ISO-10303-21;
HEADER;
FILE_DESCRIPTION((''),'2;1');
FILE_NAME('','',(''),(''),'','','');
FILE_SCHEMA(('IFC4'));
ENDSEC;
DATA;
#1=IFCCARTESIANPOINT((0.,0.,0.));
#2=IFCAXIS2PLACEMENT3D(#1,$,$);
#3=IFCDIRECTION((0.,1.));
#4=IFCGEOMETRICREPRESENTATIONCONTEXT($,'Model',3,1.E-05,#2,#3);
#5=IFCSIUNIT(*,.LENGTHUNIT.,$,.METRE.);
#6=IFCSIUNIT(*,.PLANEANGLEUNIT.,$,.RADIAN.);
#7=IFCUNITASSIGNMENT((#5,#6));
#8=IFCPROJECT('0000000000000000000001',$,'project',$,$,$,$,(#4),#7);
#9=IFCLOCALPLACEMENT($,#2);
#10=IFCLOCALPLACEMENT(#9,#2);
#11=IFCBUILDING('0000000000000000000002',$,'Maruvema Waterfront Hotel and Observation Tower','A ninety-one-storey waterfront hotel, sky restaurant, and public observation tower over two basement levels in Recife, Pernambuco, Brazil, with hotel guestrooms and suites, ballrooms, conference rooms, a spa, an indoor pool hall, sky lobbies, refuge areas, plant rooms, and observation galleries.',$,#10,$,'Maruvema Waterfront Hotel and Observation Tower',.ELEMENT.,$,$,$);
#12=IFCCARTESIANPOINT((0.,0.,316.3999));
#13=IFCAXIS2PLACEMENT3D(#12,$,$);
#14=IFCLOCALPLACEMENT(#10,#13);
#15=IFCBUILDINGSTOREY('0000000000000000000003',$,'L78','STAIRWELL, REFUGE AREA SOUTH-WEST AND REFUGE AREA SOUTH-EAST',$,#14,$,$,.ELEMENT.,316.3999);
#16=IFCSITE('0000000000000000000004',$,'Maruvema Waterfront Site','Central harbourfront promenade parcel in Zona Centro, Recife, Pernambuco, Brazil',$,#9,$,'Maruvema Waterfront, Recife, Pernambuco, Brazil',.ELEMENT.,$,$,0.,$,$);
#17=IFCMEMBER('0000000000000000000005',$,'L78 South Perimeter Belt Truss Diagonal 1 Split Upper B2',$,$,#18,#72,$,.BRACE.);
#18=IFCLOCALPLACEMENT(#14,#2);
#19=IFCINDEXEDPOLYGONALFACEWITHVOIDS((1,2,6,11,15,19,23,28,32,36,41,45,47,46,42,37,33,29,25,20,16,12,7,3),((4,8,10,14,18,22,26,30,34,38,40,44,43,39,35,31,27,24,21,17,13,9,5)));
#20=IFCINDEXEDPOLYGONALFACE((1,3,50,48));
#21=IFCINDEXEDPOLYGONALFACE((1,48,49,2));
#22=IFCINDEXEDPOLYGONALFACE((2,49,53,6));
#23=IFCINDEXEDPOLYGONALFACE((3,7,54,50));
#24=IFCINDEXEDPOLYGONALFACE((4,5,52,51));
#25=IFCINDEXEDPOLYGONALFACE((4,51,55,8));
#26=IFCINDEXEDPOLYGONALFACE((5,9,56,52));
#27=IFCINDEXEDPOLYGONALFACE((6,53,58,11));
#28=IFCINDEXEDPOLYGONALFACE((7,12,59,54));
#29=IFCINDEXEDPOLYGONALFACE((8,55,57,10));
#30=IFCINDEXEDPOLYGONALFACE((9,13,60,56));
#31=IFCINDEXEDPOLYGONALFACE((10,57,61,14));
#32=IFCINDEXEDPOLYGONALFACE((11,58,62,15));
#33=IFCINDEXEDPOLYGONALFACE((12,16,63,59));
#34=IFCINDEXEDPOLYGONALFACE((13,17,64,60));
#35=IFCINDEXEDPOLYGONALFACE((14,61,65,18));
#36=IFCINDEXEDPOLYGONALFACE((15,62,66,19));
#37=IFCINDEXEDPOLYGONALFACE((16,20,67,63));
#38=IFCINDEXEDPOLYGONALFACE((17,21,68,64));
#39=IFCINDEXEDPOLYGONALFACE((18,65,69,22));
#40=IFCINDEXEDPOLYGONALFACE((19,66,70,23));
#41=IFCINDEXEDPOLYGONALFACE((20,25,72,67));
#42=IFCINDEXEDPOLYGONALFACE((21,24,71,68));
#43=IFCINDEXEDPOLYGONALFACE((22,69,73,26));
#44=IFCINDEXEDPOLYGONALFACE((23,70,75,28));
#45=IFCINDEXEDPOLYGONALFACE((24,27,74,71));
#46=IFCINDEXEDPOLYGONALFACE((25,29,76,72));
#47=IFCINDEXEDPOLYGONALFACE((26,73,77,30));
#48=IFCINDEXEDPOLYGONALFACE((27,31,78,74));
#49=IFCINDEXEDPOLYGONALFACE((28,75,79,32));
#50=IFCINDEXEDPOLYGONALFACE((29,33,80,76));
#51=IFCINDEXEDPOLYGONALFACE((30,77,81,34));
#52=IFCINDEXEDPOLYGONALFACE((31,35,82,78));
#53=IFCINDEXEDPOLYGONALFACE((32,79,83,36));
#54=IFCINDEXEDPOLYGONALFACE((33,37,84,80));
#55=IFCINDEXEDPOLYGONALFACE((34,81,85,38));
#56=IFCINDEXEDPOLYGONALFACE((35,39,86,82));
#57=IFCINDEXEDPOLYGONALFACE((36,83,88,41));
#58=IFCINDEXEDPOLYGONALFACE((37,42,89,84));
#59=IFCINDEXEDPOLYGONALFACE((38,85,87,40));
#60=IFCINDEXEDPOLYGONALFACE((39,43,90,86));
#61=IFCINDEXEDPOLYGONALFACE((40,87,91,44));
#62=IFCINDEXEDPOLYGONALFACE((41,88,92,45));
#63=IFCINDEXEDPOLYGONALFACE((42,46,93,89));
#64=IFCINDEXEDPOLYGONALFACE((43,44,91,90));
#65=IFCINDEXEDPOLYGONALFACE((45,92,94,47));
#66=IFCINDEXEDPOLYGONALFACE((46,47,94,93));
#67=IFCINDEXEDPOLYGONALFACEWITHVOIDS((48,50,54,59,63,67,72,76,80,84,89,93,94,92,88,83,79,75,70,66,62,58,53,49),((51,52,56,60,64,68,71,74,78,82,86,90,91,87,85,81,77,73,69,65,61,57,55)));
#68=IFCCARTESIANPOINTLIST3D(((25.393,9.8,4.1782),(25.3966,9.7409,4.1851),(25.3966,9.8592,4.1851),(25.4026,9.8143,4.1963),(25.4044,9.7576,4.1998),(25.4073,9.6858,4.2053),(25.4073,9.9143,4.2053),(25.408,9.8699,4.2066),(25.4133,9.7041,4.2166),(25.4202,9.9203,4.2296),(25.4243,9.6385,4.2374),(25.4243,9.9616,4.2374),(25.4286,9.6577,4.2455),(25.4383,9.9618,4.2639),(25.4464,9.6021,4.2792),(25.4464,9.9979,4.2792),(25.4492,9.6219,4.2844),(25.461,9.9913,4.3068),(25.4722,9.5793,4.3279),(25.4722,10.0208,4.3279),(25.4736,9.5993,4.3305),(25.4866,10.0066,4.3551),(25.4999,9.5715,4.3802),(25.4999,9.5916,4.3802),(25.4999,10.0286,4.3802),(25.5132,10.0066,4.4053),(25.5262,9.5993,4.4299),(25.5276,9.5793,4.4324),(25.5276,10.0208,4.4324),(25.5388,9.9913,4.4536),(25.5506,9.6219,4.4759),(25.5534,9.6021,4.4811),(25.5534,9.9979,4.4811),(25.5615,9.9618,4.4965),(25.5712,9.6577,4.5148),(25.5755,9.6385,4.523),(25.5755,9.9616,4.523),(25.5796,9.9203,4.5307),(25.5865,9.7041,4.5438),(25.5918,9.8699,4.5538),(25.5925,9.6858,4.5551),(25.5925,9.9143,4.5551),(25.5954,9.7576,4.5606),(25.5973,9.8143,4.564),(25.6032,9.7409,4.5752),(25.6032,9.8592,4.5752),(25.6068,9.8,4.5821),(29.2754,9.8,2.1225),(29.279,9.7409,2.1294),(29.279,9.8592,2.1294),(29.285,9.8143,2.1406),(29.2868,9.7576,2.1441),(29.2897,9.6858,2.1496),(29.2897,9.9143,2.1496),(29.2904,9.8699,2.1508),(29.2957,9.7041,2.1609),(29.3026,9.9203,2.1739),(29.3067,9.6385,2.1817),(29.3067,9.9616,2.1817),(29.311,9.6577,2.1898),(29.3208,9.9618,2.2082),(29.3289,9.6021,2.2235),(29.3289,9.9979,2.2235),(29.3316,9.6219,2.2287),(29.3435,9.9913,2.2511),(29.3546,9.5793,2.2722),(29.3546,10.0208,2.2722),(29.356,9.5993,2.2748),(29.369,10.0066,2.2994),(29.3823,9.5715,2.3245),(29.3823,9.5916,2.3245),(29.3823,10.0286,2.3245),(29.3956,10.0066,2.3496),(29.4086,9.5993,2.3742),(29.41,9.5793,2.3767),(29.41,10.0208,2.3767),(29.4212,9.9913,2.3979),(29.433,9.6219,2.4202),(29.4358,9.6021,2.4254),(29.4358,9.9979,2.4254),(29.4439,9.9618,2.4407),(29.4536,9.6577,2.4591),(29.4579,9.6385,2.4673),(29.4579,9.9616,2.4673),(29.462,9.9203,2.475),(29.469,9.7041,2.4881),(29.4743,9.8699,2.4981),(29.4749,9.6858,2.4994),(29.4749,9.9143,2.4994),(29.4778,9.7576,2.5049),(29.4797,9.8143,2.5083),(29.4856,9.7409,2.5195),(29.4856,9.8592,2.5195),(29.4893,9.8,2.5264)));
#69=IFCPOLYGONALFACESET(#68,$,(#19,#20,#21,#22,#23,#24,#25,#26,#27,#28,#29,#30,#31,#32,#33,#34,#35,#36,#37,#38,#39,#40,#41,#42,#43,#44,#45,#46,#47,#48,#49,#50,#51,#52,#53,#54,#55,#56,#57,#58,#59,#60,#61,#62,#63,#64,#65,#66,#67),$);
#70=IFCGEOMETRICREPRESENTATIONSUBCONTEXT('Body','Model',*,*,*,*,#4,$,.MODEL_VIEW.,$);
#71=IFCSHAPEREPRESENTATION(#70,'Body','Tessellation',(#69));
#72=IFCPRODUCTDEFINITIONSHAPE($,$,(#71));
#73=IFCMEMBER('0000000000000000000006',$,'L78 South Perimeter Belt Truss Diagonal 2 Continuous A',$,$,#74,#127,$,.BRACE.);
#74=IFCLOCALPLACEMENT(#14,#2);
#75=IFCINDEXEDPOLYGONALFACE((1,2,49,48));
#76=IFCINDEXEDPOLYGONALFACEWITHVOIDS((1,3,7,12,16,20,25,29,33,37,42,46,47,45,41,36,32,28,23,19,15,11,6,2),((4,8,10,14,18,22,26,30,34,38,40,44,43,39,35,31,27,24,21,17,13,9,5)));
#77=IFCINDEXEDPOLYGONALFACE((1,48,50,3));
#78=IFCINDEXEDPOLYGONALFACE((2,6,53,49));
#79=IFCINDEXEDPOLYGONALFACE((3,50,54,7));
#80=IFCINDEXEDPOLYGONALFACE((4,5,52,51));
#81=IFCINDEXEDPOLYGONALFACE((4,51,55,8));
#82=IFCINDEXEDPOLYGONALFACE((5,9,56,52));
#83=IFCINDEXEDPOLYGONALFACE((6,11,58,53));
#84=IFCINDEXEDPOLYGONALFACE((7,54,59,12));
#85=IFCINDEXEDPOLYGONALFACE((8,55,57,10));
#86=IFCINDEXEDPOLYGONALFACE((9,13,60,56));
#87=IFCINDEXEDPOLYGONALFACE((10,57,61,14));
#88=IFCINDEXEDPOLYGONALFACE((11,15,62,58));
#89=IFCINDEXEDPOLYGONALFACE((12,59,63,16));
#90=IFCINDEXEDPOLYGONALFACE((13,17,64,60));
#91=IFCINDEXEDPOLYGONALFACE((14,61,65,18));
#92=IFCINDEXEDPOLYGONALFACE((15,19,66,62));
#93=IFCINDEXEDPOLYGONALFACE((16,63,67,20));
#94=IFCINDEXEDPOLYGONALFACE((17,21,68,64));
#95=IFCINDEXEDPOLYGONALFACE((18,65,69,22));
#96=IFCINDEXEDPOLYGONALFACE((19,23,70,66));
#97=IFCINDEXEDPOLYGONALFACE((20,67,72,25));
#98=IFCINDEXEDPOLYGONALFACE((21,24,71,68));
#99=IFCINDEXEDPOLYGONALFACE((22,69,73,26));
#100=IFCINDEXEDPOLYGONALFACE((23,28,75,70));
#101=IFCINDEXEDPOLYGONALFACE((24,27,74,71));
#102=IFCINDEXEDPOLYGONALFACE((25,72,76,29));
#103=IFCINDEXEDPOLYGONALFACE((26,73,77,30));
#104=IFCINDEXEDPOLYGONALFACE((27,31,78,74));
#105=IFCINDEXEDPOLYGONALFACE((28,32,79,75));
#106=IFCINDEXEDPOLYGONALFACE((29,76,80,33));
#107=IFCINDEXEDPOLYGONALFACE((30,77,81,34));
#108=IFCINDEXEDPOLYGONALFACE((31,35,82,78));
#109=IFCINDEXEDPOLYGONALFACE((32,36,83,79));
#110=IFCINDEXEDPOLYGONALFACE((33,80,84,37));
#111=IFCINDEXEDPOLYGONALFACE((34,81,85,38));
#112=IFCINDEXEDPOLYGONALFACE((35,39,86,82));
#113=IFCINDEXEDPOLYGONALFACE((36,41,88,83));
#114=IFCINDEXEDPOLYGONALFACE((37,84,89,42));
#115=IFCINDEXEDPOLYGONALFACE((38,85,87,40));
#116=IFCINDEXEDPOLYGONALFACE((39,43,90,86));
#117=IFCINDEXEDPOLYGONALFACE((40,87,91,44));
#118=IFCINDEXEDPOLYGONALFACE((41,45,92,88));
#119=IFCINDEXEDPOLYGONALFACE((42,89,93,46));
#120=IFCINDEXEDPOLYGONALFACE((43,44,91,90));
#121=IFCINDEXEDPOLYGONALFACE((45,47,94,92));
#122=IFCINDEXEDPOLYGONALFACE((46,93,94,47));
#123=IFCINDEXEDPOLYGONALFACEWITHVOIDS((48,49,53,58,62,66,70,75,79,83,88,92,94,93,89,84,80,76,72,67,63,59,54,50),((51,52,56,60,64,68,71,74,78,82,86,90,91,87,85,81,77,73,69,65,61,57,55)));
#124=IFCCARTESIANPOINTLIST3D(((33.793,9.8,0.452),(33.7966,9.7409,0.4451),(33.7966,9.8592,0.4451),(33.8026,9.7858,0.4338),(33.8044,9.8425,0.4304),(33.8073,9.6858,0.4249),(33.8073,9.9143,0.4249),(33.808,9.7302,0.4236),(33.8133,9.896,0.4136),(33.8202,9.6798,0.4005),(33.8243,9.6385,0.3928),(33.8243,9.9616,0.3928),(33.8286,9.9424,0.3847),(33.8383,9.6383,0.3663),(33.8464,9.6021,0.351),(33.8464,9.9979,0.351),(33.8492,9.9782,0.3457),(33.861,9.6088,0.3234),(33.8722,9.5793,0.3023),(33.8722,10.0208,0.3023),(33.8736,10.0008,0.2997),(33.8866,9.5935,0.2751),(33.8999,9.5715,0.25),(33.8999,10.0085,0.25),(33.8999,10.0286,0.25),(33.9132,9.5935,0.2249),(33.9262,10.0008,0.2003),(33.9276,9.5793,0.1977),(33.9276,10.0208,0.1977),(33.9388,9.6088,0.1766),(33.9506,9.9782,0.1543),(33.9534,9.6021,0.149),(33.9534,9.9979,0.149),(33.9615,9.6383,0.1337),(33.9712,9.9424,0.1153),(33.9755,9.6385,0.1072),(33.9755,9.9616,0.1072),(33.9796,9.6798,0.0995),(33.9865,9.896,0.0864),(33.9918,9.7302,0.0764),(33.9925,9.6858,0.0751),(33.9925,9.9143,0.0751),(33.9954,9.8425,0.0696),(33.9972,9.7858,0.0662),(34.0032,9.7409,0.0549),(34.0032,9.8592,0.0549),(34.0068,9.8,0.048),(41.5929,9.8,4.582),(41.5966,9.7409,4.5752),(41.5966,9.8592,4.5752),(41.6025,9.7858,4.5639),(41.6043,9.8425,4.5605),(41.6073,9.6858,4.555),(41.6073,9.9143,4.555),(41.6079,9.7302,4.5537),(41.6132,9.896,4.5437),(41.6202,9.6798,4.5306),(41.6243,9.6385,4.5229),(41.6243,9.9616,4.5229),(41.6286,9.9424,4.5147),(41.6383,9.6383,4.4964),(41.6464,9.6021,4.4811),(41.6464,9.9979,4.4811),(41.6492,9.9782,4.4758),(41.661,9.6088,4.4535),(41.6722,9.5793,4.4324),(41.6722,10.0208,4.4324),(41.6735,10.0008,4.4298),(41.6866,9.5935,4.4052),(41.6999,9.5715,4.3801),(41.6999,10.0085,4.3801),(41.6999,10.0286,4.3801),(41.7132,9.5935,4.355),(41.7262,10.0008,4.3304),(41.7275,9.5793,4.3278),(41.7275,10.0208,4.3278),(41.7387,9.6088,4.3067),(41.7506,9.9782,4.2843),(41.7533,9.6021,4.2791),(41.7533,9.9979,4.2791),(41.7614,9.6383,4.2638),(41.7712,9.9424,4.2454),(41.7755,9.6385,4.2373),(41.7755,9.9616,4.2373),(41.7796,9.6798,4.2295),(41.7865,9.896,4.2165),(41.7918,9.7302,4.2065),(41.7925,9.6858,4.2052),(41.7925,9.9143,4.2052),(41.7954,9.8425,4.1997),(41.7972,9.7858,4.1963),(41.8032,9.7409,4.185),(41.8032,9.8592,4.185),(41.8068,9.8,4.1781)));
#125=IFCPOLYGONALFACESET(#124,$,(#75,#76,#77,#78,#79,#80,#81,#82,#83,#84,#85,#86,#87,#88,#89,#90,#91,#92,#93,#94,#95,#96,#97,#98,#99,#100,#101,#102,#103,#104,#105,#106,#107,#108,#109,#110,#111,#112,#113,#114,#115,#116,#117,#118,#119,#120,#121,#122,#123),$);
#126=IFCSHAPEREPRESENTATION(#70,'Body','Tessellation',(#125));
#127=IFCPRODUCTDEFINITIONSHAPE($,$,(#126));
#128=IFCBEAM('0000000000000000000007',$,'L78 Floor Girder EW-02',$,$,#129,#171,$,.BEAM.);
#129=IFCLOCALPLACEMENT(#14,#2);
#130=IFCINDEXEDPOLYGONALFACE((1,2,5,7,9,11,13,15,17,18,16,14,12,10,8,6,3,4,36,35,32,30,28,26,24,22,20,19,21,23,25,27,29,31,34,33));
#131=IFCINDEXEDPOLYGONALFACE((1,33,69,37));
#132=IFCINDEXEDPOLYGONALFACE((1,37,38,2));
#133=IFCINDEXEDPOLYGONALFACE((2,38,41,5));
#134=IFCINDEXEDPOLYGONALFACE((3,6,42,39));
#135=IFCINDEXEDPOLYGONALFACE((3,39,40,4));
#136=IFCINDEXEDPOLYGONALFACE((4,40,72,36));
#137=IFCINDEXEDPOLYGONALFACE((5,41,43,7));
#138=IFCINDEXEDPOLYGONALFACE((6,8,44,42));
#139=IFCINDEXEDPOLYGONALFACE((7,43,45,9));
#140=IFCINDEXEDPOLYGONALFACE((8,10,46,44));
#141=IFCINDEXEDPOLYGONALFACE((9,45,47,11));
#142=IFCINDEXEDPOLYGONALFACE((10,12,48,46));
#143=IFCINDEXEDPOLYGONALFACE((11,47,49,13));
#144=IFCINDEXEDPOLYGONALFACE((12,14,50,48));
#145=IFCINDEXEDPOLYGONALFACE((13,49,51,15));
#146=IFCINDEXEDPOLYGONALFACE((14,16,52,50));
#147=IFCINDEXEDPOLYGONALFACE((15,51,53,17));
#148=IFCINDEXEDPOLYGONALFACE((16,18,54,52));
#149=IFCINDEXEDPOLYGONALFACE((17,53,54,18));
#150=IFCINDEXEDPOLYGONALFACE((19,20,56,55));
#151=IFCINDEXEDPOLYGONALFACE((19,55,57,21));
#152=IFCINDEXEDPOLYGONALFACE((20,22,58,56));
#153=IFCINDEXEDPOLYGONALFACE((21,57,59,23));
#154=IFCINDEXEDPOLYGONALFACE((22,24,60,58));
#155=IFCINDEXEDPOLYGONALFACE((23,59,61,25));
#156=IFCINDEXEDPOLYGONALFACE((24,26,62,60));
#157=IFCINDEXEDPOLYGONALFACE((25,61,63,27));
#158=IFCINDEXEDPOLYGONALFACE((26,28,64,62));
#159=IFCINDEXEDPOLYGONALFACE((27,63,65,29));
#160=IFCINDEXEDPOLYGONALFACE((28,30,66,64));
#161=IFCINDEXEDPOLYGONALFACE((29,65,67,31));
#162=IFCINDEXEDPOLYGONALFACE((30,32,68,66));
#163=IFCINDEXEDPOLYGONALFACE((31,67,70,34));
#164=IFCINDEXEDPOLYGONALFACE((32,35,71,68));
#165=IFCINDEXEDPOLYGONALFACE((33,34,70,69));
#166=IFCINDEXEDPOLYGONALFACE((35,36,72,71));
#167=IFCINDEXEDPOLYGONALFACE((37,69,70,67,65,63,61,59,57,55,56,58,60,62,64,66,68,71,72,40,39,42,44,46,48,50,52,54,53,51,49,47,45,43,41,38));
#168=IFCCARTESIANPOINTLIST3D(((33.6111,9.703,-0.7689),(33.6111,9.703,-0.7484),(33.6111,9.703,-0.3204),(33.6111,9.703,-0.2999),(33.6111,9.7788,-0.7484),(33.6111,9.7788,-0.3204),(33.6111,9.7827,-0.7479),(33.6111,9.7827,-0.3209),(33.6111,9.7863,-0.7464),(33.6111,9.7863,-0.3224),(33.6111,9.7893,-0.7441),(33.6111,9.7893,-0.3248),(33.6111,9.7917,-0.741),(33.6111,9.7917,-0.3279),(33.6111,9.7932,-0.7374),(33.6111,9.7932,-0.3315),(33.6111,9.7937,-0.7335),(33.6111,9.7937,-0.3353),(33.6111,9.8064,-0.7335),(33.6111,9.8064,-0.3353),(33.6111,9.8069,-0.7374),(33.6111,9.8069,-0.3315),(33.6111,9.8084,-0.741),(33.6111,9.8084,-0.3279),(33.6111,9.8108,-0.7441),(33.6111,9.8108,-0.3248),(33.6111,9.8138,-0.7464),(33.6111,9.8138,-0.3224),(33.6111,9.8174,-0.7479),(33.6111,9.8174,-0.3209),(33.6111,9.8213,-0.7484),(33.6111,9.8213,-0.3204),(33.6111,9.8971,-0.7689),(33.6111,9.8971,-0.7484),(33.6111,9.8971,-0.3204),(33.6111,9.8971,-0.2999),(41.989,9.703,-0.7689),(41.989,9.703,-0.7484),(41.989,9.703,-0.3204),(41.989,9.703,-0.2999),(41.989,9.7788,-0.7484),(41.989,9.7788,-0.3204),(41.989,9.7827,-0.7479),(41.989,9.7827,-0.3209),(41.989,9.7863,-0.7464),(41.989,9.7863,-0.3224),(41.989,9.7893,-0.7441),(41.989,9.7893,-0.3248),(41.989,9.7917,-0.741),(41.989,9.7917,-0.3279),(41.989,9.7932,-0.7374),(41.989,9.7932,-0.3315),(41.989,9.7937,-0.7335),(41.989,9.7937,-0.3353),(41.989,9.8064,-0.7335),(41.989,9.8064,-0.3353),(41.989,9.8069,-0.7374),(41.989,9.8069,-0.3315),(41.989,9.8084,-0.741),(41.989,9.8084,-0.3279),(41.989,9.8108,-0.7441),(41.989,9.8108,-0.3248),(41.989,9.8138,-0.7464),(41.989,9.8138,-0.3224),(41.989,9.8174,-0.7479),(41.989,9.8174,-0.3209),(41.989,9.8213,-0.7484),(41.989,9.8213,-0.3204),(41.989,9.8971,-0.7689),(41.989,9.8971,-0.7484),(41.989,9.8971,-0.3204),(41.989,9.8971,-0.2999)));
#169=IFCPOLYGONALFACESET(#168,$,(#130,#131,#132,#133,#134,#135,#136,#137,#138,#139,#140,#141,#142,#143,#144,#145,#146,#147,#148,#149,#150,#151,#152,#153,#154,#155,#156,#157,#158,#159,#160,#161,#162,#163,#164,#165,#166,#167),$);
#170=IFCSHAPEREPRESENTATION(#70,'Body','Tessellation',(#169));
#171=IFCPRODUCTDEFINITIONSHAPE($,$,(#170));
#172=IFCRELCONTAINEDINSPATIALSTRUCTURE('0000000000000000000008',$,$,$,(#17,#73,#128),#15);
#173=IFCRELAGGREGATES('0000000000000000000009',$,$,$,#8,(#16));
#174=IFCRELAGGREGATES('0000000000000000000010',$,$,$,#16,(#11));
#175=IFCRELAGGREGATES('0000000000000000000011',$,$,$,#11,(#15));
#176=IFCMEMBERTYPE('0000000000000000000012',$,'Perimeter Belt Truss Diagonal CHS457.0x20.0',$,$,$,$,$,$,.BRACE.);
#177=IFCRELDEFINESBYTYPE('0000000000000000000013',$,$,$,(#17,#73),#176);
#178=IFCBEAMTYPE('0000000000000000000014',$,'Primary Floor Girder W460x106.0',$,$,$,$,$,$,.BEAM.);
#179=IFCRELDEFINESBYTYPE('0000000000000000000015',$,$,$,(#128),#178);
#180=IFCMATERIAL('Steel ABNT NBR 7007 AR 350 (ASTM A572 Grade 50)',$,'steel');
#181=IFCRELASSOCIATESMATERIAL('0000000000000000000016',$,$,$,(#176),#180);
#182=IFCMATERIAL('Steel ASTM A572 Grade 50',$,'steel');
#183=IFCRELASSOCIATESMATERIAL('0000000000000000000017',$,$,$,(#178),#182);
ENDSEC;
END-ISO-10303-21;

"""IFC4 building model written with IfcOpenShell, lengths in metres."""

from ifc_helpers import new_model, si_unit, direction, frame, origin, origin_2d, place, context, subcontext, project, spatial, hollow_circle, i_section, extrude, material, material_profile, profile_set, type_object, element, save


model = new_model("IFC4")

# Units and contexts
model_context = context("Model", 3, precision=1e-05, world=origin(), true_north=direction((0.0, 1.0)))
body_context = subcontext(model_context, "Body", "Model", "MODEL_VIEW")
ifc_project = project(units=[si_unit("LENGTHUNIT", "METRE"), si_unit("PLANEANGLEUNIT", "RADIAN")], contexts=[model_context])

# Site, building, storey
site_placement = place(None, origin())
site = spatial("IfcSite", under=ifc_project, at=site_placement, Name="Maruvema Waterfront Site", Description="Central harbourfront promenade parcel in Zona Centro, Recife, Pernambuco, Brazil", LongName="Maruvema Waterfront, Recife, Pernambuco, Brazil", CompositionType="ELEMENT", RefElevation=0.0)
building_placement = place(site_placement, origin())
building = spatial("IfcBuilding", under=site, at=building_placement, Name="Maruvema Waterfront Hotel and Observation Tower", Description="A ninety-one-storey waterfront hotel, sky restaurant, and public observation tower over two basement levels in Recife, Pernambuco, Brazil, with hotel guestrooms and suites, ballrooms, conference rooms, a spa, an indoor pool hall, sky lobbies, refuge areas, plant rooms, and observation galleries.", LongName="Maruvema Waterfront Hotel and Observation Tower", CompositionType="ELEMENT")
storey_placement = place(building_placement, frame((0.0, 0.0, 316.3999)))
storey = spatial("IfcBuildingStorey", under=building, at=storey_placement, Name="L78", Description="STAIRWELL, REFUGE AREA SOUTH-WEST AND REFUGE AREA SOUTH-EAST", CompositionType="ELEMENT", Elevation=316.3999)

# Members
ifc_material_1 = material(Name="Steel ABNT NBR 7007 AR 350 (ASTM A572 Grade 50)", Category="steel")
ifc_material_profile_1 = material_profile(ifc_material_1, hollow_circle(Radius=0.2285, WallThickness=0.02, at=origin_2d()), Name="CHS457.0x20.0")
ifc_profile_set_1 = profile_set([ifc_material_profile_1], Name="Steel ABNT NBR 7007 AR 350 (ASTM A572 Grade 50)")
member_type_1 = type_object("IfcMemberType", Name="Perimeter Belt Truss Diagonal CHS457.0x20.0", PredefinedType="BRACE", material=ifc_profile_set_1)
for number, where, z_axis, x_axis, name in (
    (1, (29.3823, 9.8, 2.3245), (-0.883758, 0.0, 0.467944), (0.0, -1.0, 0.0), "L78 South Perimeter Belt Truss Diagonal 1 Split Upper B2"),
):
    element("IfcMember", number, at=place(storey_placement, frame(where, z_axis=z_axis, x_axis=x_axis)), inside=storey, type_object=member_type_1, Name=name, PredefinedType="BRACE", context=body_context, shape_type="SweptSolid", body=[
        extrude(hollow_circle(Radius=0.2285, WallThickness=0.02, at=origin_2d()), origin(), (0.0, 0.0, 1.0), 4.3931),
    ])
member_1_placement = place(storey_placement, frame((33.8999, 9.8, 0.25), z_axis=(0.883756, 0.0, 0.467949), x_axis=(0.0, 1.0, 0.0)))
element("IfcMember", 2, at=member_1_placement, inside=storey, type_object=member_type_1, Name="L78 South Perimeter Belt Truss Diagonal 2 Continuous A", PredefinedType="BRACE", context=body_context, shape_type="SweptSolid", body=[
    extrude(hollow_circle(Radius=0.2285, WallThickness=0.02, at=origin_2d()), origin(), (0.0, 0.0, 1.0), 8.8259),
])

# Beam
ifc_material_2 = material(Name="Steel ASTM A572 Grade 50", Category="steel")
ifc_material_profile_2 = material_profile(ifc_material_2, i_section(OverallWidth=0.1941, OverallDepth=0.469, WebThickness=0.0127, FlangeThickness=0.0205, FilletRadius=0.0149, at=origin_2d()), Name="W460x106.0")
ifc_profile_set_2 = profile_set([ifc_material_profile_2], Name="Steel ASTM A572 Grade 50")
beam_type_1 = type_object("IfcBeamType", Name="Primary Floor Girder W460x106.0", PredefinedType="BEAM", material=ifc_profile_set_2)
beam_1_placement = place(storey_placement, frame((33.6111, 9.8, -0.5344), z_axis=(1.0, 0.0, 0.0), x_axis=(0.0, 1.0, 0.0)))
element("IfcBeam", 3, at=beam_1_placement, inside=storey, type_object=beam_type_1, Name="L78 Floor Girder EW-02", PredefinedType="BEAM", context=body_context, shape_type="SweptSolid", body=[
    extrude(i_section(OverallWidth=0.1941, OverallDepth=0.469, WebThickness=0.0127, FlangeThickness=0.0205, FilletRadius=0.0149, at=origin_2d()), origin(), (0.0, 0.0, 1.0), 8.3779),
])

save(model, "model.ifc")
